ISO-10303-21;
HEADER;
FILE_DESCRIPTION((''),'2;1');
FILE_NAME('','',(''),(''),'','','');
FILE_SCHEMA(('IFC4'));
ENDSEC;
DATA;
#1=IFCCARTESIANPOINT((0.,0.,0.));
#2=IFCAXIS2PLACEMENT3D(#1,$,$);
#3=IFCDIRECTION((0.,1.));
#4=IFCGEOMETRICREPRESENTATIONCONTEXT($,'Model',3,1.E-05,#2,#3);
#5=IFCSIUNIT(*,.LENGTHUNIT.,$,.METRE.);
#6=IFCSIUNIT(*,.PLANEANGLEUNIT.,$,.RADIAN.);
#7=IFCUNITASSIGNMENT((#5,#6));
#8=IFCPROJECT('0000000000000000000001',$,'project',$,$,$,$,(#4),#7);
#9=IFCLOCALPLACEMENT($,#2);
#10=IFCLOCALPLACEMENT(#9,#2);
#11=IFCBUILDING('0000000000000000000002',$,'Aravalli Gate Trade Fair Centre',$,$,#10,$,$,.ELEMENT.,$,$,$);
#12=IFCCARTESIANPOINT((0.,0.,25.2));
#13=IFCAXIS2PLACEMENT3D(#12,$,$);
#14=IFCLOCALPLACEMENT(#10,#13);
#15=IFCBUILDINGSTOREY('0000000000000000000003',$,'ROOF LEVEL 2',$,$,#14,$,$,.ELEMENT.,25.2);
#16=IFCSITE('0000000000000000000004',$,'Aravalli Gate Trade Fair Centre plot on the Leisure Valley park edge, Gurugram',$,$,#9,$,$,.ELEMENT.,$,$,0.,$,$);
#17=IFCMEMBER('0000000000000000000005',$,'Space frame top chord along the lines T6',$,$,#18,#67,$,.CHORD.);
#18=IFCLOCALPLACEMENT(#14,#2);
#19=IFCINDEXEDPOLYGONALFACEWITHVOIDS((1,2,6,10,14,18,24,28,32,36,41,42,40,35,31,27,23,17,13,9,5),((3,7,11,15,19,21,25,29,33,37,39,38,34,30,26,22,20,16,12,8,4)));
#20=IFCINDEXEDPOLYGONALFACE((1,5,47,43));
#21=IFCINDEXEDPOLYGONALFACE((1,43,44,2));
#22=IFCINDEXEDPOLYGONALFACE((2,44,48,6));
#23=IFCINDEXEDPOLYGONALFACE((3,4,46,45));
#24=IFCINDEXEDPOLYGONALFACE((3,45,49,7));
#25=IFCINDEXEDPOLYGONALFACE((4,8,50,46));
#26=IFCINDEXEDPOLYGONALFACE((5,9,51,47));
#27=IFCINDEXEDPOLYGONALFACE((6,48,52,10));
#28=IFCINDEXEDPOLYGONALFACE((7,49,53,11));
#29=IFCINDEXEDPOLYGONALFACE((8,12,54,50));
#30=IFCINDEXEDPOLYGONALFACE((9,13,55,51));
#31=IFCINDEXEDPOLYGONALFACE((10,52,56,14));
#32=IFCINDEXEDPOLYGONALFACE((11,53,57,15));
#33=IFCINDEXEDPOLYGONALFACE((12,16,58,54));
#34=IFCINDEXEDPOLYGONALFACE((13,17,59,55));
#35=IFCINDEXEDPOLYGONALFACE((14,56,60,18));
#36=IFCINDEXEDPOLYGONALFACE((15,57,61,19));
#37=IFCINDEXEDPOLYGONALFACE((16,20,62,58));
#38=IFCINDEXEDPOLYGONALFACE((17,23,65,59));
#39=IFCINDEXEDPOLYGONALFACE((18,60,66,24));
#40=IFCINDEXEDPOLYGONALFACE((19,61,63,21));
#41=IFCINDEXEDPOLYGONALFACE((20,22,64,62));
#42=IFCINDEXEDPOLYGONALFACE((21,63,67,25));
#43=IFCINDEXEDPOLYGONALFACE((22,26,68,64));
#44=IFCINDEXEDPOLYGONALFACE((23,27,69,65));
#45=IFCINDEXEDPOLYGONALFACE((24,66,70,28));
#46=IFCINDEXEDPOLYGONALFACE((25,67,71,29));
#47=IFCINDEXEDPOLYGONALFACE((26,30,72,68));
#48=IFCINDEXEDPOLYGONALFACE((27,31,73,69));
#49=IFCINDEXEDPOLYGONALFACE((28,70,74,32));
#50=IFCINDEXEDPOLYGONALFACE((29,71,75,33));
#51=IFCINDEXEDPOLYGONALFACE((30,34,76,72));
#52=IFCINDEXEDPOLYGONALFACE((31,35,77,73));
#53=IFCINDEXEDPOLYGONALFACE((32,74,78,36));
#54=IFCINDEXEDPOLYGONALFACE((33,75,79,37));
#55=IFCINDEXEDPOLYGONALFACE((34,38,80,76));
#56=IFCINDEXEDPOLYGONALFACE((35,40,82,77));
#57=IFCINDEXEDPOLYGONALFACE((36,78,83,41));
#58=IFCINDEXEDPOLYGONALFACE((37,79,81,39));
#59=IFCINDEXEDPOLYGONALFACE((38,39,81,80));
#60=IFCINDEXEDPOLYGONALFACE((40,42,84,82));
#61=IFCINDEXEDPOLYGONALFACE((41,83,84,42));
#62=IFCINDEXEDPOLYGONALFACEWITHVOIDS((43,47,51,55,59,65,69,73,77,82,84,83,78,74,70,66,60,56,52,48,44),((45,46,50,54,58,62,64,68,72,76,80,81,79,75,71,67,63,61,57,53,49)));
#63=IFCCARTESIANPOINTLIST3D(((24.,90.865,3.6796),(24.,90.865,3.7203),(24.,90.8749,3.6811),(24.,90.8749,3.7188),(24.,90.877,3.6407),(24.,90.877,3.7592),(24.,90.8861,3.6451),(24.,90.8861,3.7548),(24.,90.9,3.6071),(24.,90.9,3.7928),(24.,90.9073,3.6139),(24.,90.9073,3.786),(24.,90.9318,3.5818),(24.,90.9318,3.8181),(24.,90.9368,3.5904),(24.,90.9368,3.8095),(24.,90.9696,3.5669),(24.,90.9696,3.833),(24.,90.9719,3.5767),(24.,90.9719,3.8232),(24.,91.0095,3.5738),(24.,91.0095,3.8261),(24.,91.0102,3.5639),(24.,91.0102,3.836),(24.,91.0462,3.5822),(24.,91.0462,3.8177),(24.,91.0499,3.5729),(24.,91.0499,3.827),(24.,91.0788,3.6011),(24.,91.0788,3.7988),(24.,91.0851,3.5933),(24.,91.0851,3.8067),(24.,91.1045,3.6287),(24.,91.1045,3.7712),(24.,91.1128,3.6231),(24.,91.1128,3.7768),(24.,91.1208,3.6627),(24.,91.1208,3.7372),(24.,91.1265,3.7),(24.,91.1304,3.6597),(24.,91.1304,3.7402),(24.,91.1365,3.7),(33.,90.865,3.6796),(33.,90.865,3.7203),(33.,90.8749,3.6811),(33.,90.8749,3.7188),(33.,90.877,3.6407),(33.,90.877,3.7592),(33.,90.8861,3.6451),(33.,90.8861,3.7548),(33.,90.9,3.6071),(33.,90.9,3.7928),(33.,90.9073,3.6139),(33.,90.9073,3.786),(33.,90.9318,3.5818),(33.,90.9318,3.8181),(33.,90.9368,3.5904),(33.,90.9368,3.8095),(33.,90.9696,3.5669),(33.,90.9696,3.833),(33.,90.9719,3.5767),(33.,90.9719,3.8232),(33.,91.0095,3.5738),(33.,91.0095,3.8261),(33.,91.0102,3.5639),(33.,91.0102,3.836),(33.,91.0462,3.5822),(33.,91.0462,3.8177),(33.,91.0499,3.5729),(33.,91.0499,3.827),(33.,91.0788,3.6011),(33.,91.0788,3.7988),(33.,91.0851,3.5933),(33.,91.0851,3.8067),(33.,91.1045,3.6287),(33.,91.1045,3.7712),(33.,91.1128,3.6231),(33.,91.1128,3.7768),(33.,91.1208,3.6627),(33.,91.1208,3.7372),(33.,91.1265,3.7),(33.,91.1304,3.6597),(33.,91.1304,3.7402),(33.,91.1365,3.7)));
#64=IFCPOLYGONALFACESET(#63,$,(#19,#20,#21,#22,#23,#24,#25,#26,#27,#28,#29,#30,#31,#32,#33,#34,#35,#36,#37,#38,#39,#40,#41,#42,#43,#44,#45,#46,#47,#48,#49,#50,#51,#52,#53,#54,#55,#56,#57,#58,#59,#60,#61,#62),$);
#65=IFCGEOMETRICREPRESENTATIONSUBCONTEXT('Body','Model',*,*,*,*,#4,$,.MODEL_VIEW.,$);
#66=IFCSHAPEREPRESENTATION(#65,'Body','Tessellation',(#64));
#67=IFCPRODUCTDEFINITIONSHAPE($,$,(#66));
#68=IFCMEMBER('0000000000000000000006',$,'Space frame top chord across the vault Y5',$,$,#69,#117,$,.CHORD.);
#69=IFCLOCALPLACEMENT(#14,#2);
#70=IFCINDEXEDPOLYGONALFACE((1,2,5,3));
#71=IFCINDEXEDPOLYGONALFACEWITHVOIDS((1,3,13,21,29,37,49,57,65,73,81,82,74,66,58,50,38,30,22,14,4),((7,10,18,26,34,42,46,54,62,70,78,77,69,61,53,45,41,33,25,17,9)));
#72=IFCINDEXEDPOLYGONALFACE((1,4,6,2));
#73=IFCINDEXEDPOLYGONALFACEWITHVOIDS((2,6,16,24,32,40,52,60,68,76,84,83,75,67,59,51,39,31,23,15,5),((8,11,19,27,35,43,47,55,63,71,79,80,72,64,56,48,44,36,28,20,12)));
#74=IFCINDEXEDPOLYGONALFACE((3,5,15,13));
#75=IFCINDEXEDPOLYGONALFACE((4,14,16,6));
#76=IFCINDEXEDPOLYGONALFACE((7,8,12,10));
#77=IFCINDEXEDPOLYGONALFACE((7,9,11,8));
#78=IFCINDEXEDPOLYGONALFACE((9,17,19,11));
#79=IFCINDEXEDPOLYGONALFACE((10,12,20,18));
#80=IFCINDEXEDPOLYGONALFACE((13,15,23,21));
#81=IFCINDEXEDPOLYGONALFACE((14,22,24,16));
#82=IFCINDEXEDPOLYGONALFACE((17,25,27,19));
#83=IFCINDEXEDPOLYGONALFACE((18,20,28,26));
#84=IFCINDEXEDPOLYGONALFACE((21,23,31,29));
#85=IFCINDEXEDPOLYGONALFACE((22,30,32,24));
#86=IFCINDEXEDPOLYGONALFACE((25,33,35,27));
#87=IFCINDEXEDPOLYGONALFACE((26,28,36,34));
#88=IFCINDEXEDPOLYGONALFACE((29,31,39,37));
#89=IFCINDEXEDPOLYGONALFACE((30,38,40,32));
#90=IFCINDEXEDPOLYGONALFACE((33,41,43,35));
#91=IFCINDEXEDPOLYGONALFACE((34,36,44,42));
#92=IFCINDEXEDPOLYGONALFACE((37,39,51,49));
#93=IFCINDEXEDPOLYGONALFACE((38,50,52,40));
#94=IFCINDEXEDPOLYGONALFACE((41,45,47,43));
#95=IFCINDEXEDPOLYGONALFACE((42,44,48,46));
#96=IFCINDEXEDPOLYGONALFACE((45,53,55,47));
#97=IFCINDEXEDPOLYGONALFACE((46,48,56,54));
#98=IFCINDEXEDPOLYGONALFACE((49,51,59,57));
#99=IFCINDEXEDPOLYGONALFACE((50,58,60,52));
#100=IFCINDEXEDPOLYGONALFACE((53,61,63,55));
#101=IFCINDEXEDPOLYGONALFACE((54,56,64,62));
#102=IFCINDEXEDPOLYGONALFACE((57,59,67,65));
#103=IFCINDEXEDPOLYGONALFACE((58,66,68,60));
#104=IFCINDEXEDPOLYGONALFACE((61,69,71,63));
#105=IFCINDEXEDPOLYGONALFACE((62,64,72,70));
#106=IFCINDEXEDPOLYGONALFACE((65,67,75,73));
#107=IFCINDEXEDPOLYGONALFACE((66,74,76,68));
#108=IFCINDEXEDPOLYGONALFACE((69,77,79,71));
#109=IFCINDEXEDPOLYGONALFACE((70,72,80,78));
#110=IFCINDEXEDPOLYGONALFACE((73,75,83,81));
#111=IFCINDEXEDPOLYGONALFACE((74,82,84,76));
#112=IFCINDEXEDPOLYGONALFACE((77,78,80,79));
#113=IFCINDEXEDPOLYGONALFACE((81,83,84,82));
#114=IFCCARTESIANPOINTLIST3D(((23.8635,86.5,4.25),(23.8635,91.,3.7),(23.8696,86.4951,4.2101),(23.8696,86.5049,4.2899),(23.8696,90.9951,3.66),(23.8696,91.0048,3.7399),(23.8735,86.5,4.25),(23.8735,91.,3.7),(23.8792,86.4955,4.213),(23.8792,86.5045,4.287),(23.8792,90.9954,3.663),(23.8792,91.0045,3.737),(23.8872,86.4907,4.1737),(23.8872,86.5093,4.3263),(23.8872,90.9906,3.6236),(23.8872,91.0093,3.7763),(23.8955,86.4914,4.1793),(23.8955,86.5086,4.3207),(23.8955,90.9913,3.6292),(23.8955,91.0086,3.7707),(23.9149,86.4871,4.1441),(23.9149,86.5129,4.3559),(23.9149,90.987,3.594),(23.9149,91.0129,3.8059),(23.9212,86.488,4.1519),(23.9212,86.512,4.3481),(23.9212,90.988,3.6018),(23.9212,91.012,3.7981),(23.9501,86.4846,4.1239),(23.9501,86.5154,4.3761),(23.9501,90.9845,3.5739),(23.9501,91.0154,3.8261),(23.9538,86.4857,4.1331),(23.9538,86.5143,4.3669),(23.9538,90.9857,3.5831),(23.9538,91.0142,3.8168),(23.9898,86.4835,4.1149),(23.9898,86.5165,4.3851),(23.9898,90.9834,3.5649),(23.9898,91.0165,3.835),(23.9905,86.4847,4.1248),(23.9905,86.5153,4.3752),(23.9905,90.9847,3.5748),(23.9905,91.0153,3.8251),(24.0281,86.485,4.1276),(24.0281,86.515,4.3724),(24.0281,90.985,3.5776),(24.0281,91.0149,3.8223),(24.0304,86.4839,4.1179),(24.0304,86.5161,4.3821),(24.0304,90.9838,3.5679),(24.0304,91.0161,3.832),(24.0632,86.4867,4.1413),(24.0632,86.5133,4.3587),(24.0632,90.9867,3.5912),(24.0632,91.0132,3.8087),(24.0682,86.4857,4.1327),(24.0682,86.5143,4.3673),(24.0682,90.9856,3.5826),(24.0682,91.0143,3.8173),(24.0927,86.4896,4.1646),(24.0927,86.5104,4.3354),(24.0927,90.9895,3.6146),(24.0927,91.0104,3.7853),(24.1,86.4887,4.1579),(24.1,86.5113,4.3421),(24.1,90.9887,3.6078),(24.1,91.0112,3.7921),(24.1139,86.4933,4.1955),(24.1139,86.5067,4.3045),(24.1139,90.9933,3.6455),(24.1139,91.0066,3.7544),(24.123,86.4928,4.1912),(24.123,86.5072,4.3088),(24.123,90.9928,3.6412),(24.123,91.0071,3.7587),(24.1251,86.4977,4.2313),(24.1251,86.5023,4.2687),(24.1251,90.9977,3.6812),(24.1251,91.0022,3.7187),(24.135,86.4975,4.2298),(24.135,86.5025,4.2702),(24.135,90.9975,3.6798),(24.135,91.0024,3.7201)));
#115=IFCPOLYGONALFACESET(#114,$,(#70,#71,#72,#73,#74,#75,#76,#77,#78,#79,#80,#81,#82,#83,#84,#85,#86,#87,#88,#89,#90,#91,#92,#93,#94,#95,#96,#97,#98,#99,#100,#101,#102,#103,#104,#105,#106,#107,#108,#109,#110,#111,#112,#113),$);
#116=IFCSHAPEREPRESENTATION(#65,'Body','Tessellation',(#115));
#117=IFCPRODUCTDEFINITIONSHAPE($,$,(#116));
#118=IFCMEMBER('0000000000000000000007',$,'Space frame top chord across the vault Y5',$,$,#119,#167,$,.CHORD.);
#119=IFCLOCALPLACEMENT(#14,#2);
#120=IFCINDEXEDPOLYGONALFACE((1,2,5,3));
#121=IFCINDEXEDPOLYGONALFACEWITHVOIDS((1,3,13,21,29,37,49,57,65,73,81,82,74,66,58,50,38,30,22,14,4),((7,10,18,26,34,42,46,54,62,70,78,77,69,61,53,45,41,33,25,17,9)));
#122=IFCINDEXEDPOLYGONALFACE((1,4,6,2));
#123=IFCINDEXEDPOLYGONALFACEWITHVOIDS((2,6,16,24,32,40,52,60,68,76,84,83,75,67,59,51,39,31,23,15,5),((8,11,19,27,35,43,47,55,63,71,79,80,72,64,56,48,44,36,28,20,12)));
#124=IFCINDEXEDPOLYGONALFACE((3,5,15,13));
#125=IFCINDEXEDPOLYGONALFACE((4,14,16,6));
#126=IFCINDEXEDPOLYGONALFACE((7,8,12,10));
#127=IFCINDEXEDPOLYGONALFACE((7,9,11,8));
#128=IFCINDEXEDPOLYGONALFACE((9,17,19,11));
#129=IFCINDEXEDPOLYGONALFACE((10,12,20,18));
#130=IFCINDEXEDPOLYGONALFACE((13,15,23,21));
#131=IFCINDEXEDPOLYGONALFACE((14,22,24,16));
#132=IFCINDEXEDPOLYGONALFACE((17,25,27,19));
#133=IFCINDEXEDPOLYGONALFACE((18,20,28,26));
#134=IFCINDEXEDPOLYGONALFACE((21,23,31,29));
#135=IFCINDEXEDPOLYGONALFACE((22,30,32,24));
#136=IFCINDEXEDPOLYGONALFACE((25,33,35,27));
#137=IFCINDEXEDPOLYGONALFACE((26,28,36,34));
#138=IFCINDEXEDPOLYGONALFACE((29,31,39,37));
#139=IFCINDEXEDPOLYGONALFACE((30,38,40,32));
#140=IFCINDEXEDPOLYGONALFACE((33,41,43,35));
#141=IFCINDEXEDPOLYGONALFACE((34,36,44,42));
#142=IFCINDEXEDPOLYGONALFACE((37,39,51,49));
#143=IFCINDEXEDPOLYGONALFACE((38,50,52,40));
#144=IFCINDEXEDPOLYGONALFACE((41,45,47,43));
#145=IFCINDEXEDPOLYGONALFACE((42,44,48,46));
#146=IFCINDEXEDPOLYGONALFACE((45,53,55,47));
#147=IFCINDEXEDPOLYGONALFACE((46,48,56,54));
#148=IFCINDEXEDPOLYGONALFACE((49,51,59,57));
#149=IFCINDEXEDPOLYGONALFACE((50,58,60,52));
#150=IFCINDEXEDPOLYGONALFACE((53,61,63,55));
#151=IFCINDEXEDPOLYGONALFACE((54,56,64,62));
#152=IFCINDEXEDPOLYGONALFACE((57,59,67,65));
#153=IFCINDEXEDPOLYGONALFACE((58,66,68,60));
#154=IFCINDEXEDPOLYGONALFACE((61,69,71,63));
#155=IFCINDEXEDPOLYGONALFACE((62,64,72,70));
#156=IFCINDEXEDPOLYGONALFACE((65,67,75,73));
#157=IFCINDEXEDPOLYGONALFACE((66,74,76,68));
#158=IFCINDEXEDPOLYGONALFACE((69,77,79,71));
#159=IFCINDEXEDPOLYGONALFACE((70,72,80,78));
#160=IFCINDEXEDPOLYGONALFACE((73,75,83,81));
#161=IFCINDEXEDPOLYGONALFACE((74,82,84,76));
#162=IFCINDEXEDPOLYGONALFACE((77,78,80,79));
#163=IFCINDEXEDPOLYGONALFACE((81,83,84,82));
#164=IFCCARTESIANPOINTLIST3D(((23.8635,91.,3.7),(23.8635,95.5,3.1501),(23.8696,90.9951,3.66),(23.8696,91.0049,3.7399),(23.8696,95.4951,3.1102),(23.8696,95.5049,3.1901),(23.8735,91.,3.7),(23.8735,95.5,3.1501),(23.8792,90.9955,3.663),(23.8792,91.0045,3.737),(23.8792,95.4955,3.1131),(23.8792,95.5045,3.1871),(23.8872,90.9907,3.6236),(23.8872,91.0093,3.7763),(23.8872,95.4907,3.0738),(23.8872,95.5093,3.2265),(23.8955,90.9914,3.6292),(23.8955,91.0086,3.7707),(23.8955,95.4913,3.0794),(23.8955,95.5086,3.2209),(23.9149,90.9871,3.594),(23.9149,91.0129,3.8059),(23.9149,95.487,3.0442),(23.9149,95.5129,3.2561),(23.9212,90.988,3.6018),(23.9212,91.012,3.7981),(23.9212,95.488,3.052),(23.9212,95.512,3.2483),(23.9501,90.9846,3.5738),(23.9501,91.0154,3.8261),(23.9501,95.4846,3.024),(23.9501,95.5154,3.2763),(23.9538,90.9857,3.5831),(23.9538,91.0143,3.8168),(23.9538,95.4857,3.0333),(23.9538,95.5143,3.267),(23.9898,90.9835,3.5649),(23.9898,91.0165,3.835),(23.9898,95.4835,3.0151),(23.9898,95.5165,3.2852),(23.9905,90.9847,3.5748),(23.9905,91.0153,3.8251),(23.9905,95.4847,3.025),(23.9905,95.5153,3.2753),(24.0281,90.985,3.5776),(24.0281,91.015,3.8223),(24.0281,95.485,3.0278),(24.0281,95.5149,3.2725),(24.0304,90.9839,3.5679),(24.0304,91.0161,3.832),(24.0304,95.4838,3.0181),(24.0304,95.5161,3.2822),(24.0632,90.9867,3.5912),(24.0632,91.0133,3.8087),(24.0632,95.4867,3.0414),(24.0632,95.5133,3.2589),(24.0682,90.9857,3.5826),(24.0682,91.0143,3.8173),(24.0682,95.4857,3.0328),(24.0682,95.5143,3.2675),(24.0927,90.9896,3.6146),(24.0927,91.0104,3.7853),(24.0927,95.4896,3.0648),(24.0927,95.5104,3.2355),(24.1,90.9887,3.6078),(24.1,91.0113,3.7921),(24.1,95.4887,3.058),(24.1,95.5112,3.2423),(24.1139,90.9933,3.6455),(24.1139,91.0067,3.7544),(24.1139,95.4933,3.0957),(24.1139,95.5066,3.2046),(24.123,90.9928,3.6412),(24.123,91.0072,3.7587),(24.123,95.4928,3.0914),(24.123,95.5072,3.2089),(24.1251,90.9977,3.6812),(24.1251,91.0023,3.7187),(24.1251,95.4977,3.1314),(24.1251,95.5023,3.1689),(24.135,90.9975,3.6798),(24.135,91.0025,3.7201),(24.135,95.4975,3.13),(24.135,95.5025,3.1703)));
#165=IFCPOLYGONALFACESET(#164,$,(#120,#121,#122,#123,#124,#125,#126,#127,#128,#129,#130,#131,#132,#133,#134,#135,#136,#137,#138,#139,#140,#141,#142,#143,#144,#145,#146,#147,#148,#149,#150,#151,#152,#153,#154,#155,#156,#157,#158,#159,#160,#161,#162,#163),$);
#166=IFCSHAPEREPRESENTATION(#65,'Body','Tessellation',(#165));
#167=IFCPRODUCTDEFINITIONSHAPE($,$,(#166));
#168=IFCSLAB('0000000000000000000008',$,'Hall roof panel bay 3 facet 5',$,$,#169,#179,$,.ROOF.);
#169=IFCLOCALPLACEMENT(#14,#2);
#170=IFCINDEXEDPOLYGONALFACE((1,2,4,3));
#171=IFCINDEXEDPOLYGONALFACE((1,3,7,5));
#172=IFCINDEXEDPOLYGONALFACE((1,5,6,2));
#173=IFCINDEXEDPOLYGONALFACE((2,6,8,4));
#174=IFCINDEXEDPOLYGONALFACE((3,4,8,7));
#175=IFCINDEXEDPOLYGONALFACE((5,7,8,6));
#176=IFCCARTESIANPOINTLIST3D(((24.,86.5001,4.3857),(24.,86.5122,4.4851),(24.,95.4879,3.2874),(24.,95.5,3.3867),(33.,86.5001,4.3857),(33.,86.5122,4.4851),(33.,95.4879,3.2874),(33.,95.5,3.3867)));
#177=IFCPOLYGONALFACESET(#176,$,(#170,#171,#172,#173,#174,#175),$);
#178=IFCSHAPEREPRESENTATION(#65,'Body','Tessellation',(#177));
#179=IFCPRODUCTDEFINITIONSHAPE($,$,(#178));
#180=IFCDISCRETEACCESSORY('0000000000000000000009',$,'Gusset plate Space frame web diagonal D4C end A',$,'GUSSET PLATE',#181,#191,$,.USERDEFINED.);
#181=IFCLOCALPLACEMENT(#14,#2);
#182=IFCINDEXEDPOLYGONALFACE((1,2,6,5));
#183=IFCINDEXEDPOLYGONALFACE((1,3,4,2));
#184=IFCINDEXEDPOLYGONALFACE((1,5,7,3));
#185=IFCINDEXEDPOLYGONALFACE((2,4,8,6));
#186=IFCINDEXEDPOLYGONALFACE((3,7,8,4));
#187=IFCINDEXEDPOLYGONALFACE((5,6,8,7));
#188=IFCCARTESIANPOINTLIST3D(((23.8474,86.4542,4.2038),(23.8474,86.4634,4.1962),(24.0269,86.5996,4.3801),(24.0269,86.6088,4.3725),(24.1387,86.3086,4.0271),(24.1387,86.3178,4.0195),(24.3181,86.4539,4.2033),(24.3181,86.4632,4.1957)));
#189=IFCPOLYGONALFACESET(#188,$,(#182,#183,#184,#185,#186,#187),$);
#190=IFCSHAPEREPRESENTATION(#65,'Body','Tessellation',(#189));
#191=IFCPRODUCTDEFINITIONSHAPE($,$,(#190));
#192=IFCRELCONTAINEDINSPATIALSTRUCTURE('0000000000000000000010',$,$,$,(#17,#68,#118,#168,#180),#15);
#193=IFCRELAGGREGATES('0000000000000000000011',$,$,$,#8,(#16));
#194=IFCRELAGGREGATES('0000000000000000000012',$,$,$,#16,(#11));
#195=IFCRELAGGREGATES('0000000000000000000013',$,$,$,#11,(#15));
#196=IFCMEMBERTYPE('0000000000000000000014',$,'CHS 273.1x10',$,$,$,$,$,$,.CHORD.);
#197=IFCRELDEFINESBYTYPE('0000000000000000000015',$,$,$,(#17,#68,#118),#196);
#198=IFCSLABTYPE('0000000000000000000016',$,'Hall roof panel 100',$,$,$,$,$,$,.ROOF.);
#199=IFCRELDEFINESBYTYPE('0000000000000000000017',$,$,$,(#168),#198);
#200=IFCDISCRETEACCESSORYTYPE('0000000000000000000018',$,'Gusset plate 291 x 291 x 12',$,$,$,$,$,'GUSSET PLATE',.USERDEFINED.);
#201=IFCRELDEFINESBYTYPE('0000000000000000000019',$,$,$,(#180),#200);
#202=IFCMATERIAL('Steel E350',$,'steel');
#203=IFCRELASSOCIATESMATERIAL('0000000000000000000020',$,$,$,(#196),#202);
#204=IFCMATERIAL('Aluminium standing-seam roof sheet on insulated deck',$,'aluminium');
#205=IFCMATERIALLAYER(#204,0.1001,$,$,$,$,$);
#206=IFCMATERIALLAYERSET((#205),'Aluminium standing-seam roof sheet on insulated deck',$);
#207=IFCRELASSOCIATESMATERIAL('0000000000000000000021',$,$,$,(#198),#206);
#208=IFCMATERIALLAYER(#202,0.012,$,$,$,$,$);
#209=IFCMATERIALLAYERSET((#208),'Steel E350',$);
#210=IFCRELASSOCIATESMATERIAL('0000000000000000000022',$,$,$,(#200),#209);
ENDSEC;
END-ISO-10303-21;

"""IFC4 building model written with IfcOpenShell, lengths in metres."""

from ifc_helpers import new_model, si_unit, direction, frame, origin, origin_2d, place, context, subcontext, project, spatial, polyline, hollow_circle, outline, extrude, material, layer, layer_set, material_profile, profile_set, type_object, element, save


model = new_model("IFC4")

# Units and contexts
model_context = context("Model", 3, precision=1e-05, world=origin(), true_north=direction((0.0, 1.0)))
body_context = subcontext(model_context, "Body", "Model", "MODEL_VIEW")
ifc_project = project(units=[si_unit("LENGTHUNIT", "METRE"), si_unit("PLANEANGLEUNIT", "RADIAN")], contexts=[model_context])

# Site, building, storey
site_placement = place(None, origin())
site = spatial("IfcSite", under=ifc_project, at=site_placement, Name="Aravalli Gate Trade Fair Centre plot on the Leisure Valley park edge, Gurugram", CompositionType="ELEMENT", RefElevation=0.0)
building_placement = place(site_placement, origin())
building = spatial("IfcBuilding", under=site, at=building_placement, Name="Aravalli Gate Trade Fair Centre", CompositionType="ELEMENT")
storey_placement = place(building_placement, frame((0.0, 0.0, 25.2)))
storey = spatial("IfcBuildingStorey", under=building, at=storey_placement, Name="ROOF LEVEL 2", CompositionType="ELEMENT", Elevation=25.2)

# Members
ifc_material_1 = material(Name="Steel E350", Category="steel")
ifc_material_profile_1 = material_profile(ifc_material_1, hollow_circle(Radius=0.1365, WallThickness=0.01, at=origin_2d()), Name="CHS 273.1x10")
ifc_profile_set_1 = profile_set([ifc_material_profile_1], Name="Steel E350")
member_type_1 = type_object("IfcMemberType", Name="CHS 273.1x10", PredefinedType="CHORD", material=ifc_profile_set_1)
for number, where, z_axis, x_axis, name in (
    (1, (24.0, 91.0, 3.7), (1.0, 0.0, 0.0), (0.0, 1.0, 0.0), "Space frame top chord along the lines T6"),
):
    element("IfcMember", number, at=place(storey_placement, frame(where, z_axis=z_axis, x_axis=x_axis)), inside=storey, type_object=member_type_1, Name=name, PredefinedType="CHORD", context=body_context, shape_type="SweptSolid", body=[
        extrude(hollow_circle(Radius=0.1365, WallThickness=0.01, at=origin_2d()), origin(), (0.0, 0.0, 1.0), 9.0),
    ])
for number, where, z_axis, x_axis, name in (
    (2, (24.0, 86.5, 4.25), (0.0, 0.992612, -0.12133), (-1.0, 0.0, 0.0), "Space frame top chord across the vault Y5"),
    (3, (24.0, 91.0, 3.7), (0.0, 0.992619, -0.121277), (-1.0, 0.0, 0.0), "Space frame top chord across the vault Y5"),
):
    element("IfcMember", number, at=place(storey_placement, frame(where, z_axis=z_axis, x_axis=x_axis)), inside=storey, type_object=member_type_1, Name=name, PredefinedType="CHORD", context=body_context, shape_type="SweptSolid", body=[
        extrude(hollow_circle(Radius=0.1365, WallThickness=0.01, at=origin_2d()), origin(), (0.0, 0.0, 1.0), 4.5334),
    ])

# Slab
ifc_material_2 = material(Name="Aluminium standing-seam roof sheet on insulated deck", Category="aluminium")
ifc_layer_1 = layer(ifc_material_2, 0.1001)
ifc_layer_set_1 = layer_set([ifc_layer_1], Name="Aluminium standing-seam roof sheet on insulated deck")
slab_type = type_object("IfcSlabType", Name="Hall roof panel 100", PredefinedType="ROOF", material=ifc_layer_set_1)
slab_placement = place(storey_placement, frame((24.0, 86.5122, 4.4851), z_axis=(0.0, 0.121306, 0.992615), x_axis=(1.0, 0.0, 0.0)))
element("IfcSlab", 4, at=slab_placement, inside=storey, type_object=slab_type, Name="Hall roof panel bay 3 facet 5", PredefinedType="ROOF", context=body_context, shape_type="SweptSolid", body=[
    extrude(outline(polyline([(0.0, 0.0), (9.0, 0.0), (9.0, 9.0547), (0.0, 9.0547), (0.0, 0.0)])), origin(), (0.0, 0.0, -1.0), 0.1001),
])

# Discrete accessory
ifc_layer_2 = layer(ifc_material_1, 0.012)
ifc_layer_set_2 = layer_set([ifc_layer_2], Name="Steel E350")
discrete_accessory_type = type_object("IfcDiscreteAccessoryType", Name="Gusset plate 291 x 291 x 12", ElementType="GUSSET PLATE", PredefinedType="USERDEFINED", material=ifc_layer_set_2)
discrete_accessory_1_placement = place(storey_placement, frame((24.1387, 86.3086, 4.0271), z_axis=(0.00026, -0.771582, 0.63613), x_axis=(-0.78619, 0.392962, 0.476956)))
element("IfcDiscreteAccessory", 5, at=discrete_accessory_1_placement, inside=storey, type_object=discrete_accessory_type, Name="Gusset plate Space frame web diagonal D4C end A", ObjectType="GUSSET PLATE", PredefinedType="USERDEFINED", context=body_context, shape_type="SweptSolid", body=[
    extrude(outline(polyline([(0.0, 0.0), (0.3705, 0.0), (0.3706, -0.2906), (0.0001, -0.2905), (0.0, 0.0)])), origin(), (0.0, 0.0, -1.0), 0.012),
])

save(model, "model.ifc")
